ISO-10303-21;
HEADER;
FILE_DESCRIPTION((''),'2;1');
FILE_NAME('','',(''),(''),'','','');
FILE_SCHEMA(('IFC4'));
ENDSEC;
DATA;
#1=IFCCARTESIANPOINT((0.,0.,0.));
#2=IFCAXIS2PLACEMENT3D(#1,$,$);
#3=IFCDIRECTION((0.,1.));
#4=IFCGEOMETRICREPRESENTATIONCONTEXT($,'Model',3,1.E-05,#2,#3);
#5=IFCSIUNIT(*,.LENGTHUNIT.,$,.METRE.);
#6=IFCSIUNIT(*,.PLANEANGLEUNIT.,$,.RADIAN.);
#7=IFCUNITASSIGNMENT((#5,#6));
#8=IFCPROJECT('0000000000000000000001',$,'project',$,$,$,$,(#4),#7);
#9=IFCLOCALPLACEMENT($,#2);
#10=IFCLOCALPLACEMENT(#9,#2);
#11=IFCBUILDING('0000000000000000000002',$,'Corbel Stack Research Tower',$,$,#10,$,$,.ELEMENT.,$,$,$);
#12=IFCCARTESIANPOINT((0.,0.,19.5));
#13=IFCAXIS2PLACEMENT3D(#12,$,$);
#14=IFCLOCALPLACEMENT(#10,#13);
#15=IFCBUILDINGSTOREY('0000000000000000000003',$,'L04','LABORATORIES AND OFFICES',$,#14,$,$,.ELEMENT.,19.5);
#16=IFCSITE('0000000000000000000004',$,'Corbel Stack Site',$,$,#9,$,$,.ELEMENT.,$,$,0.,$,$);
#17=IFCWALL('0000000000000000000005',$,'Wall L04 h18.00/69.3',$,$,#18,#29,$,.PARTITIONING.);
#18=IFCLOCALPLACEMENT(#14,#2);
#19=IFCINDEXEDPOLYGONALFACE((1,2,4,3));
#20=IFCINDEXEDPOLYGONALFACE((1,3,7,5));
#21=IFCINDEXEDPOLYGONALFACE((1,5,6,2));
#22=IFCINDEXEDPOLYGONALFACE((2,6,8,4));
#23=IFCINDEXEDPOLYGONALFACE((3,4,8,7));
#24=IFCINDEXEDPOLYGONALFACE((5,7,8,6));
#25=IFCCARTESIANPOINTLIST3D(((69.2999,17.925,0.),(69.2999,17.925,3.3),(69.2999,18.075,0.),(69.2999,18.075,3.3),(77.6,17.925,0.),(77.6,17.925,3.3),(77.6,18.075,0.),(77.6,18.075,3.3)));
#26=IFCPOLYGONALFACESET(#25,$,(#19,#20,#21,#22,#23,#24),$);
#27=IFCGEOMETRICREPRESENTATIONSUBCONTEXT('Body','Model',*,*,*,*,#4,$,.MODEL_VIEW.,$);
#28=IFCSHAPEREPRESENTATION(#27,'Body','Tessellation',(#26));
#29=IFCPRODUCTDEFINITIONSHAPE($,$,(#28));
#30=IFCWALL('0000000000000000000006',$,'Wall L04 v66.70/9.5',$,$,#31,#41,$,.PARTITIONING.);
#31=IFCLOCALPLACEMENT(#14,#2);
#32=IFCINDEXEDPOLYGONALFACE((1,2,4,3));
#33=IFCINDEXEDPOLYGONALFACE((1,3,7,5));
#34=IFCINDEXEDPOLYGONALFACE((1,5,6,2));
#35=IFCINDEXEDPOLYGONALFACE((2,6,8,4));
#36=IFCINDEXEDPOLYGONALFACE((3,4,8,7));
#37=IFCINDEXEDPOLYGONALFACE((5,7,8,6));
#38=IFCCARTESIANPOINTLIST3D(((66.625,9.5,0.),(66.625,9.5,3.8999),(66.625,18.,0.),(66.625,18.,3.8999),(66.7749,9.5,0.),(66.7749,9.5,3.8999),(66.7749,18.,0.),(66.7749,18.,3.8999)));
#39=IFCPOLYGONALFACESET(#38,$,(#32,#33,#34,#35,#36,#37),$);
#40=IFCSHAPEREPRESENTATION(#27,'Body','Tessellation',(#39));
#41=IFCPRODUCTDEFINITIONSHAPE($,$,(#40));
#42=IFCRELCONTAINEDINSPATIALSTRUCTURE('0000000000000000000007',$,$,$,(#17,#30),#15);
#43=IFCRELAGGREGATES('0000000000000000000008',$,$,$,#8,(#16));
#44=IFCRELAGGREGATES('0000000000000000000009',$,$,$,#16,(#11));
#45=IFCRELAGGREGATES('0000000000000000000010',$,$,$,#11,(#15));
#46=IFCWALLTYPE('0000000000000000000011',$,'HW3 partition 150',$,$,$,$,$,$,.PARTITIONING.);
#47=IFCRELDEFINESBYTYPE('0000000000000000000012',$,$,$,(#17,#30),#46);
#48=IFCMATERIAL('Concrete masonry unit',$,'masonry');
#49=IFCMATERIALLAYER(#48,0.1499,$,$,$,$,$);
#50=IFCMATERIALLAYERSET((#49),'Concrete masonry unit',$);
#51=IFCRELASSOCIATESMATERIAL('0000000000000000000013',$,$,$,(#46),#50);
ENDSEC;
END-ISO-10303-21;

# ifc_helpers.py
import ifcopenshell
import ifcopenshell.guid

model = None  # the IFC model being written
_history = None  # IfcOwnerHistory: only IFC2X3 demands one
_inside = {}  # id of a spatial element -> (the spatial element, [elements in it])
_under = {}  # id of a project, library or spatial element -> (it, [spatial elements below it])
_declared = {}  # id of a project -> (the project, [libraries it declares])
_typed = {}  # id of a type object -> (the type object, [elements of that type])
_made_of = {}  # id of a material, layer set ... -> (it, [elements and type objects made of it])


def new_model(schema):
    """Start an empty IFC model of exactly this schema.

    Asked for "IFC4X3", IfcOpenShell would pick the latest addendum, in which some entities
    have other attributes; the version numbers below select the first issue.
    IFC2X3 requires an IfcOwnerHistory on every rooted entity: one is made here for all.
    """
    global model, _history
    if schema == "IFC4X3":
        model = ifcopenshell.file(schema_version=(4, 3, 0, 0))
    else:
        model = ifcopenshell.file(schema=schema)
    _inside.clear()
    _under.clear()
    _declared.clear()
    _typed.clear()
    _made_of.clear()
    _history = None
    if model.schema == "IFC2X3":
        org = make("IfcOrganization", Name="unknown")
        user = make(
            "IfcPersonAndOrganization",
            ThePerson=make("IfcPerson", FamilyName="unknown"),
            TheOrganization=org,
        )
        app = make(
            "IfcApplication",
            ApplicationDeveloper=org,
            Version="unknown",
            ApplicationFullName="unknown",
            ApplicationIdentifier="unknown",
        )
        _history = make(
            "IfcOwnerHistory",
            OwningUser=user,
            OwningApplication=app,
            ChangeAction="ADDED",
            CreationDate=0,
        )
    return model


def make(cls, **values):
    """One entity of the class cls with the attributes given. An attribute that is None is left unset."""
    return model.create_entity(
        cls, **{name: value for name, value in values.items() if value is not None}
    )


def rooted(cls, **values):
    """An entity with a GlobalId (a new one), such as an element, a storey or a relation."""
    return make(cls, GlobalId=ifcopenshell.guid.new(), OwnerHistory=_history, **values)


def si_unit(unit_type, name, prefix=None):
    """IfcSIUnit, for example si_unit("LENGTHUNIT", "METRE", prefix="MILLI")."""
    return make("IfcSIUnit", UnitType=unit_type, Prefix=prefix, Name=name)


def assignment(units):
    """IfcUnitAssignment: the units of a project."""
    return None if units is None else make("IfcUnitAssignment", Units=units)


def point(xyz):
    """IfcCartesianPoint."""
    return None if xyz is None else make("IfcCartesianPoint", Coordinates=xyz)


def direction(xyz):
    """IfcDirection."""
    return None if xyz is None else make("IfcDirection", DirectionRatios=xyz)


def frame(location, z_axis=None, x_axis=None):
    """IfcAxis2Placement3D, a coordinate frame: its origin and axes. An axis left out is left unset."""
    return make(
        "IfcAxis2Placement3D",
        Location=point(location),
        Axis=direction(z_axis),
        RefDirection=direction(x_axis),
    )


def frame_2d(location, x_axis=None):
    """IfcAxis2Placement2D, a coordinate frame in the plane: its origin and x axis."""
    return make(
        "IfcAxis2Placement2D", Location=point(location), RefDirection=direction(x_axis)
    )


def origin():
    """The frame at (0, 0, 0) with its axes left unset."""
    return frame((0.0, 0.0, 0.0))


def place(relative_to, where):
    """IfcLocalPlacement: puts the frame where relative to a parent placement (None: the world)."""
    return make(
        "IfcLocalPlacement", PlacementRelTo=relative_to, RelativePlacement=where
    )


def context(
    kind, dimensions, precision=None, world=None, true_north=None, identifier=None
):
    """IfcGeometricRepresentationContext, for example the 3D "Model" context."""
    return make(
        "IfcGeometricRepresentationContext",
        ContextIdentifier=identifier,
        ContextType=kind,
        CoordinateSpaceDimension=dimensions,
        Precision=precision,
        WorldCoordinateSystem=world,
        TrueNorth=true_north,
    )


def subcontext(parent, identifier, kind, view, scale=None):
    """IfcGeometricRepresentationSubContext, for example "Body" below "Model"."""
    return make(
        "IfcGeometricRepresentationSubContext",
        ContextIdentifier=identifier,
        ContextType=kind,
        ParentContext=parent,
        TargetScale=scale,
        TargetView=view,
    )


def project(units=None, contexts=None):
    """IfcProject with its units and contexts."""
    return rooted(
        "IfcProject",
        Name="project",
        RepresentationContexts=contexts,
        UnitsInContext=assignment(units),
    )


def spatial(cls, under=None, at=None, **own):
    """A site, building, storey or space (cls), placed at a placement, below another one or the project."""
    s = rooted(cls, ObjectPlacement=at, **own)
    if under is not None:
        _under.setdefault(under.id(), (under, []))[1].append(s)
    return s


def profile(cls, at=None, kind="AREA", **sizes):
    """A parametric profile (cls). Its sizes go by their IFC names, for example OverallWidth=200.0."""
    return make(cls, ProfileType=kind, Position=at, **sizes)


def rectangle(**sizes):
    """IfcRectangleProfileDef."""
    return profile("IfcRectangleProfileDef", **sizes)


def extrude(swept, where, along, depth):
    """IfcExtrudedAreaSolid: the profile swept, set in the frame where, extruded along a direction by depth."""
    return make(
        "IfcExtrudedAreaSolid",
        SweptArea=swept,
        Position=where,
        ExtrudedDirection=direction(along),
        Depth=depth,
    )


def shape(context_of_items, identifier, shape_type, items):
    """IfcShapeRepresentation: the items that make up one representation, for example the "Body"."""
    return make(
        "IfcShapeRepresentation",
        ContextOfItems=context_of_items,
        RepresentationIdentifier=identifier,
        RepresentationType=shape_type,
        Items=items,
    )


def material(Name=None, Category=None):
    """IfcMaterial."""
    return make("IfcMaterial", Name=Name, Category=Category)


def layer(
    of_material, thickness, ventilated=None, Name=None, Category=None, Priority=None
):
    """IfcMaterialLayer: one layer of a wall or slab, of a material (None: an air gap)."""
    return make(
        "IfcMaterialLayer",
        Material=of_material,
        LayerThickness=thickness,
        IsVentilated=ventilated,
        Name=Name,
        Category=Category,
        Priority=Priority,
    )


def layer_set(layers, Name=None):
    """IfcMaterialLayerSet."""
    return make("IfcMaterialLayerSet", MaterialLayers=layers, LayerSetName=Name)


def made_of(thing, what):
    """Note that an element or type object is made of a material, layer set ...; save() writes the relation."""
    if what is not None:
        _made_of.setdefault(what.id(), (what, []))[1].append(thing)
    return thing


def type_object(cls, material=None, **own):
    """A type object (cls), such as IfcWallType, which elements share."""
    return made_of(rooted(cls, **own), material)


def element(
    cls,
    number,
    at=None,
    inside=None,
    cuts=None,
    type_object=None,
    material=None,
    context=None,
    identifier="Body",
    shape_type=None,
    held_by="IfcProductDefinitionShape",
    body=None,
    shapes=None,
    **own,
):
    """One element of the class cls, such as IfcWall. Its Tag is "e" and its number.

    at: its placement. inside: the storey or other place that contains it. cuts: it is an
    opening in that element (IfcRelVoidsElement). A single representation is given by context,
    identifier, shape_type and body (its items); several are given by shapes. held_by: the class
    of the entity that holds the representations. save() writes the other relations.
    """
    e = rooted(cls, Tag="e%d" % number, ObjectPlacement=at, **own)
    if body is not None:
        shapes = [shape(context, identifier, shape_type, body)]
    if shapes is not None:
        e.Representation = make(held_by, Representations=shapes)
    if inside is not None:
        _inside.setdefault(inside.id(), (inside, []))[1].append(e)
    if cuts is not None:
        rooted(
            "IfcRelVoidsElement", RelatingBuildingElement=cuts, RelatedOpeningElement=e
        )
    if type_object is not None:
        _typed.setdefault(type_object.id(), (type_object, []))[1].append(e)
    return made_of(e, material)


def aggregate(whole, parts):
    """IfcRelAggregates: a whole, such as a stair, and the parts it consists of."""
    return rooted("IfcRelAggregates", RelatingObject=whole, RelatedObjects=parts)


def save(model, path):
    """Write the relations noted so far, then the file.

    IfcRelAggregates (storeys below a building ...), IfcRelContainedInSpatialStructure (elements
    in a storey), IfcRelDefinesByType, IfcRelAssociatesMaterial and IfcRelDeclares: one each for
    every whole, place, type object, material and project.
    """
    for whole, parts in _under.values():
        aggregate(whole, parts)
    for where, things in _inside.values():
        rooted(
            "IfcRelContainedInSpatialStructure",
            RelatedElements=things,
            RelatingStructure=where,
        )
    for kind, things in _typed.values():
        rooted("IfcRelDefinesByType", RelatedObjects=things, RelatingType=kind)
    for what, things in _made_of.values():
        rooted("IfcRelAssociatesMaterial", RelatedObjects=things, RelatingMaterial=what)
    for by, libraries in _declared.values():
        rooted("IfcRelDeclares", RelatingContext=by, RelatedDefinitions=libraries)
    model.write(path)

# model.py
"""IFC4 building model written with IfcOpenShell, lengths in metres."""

from ifc_helpers import new_model, si_unit, direction, frame, frame_2d, origin, place, context, subcontext, project, spatial, rectangle, extrude, material, layer, layer_set, type_object, element, save


model = new_model("IFC4")

# Units and contexts
model_context = context("Model", 3, precision=1e-05, world=origin(), true_north=direction((0.0, 1.0)))
body_context = subcontext(model_context, "Body", "Model", "MODEL_VIEW")
ifc_project = project(units=[si_unit("LENGTHUNIT", "METRE"), si_unit("PLANEANGLEUNIT", "RADIAN")], contexts=[model_context])

# Site, building, storey
site_placement = place(None, origin())
site = spatial("IfcSite", under=ifc_project, at=site_placement, Name="Corbel Stack Site", CompositionType="ELEMENT", RefElevation=0.0)
building_placement = place(site_placement, origin())
building = spatial("IfcBuilding", under=site, at=building_placement, Name="Corbel Stack Research Tower", CompositionType="ELEMENT")
storey_placement = place(building_placement, frame((0.0, 0.0, 19.5)))
storey = spatial("IfcBuildingStorey", under=building, at=storey_placement, Name="L04", Description="LABORATORIES AND OFFICES", CompositionType="ELEMENT", Elevation=19.5)

# Walls
ifc_material_1 = material(Name="Concrete masonry unit", Category="masonry")
ifc_layer = layer(ifc_material_1, 0.1499)
ifc_layer_set = layer_set([ifc_layer], Name="Concrete masonry unit")
wall_type = type_object("IfcWallType", Name="HW3 partition 150", PredefinedType="PARTITIONING", material=ifc_layer_set)
wall_1_placement = place(storey_placement, frame((69.3, 18.0, 0.0), z_axis=(0.0, 0.0, 1.0), x_axis=(1.0, 0.0, 0.0)))
element("IfcWall", 1, at=wall_1_placement, inside=storey, type_object=wall_type, Name="Wall L04 h18.00/69.3", PredefinedType="PARTITIONING", context=body_context, shape_type="SweptSolid", body=[
    extrude(rectangle(XDim=8.3, YDim=0.1499, at=frame_2d((4.1499, 0.0))), origin(), (0.0, 0.0, 1.0), 3.3),
])
wall_2_placement = place(storey_placement, frame((66.7, 9.5, 0.0), z_axis=(0.0, 0.0, 1.0), x_axis=(0.0, 1.0, 0.0)))
element("IfcWall", 2, at=wall_2_placement, inside=storey, type_object=wall_type, Name="Wall L04 v66.70/9.5", PredefinedType="PARTITIONING", context=body_context, shape_type="SweptSolid", body=[
    extrude(rectangle(XDim=8.5, YDim=0.1499, at=frame_2d((4.25, 0.0))), origin(), (0.0, 0.0, 1.0), 3.8999),
])

save(model, "model.ifc")
